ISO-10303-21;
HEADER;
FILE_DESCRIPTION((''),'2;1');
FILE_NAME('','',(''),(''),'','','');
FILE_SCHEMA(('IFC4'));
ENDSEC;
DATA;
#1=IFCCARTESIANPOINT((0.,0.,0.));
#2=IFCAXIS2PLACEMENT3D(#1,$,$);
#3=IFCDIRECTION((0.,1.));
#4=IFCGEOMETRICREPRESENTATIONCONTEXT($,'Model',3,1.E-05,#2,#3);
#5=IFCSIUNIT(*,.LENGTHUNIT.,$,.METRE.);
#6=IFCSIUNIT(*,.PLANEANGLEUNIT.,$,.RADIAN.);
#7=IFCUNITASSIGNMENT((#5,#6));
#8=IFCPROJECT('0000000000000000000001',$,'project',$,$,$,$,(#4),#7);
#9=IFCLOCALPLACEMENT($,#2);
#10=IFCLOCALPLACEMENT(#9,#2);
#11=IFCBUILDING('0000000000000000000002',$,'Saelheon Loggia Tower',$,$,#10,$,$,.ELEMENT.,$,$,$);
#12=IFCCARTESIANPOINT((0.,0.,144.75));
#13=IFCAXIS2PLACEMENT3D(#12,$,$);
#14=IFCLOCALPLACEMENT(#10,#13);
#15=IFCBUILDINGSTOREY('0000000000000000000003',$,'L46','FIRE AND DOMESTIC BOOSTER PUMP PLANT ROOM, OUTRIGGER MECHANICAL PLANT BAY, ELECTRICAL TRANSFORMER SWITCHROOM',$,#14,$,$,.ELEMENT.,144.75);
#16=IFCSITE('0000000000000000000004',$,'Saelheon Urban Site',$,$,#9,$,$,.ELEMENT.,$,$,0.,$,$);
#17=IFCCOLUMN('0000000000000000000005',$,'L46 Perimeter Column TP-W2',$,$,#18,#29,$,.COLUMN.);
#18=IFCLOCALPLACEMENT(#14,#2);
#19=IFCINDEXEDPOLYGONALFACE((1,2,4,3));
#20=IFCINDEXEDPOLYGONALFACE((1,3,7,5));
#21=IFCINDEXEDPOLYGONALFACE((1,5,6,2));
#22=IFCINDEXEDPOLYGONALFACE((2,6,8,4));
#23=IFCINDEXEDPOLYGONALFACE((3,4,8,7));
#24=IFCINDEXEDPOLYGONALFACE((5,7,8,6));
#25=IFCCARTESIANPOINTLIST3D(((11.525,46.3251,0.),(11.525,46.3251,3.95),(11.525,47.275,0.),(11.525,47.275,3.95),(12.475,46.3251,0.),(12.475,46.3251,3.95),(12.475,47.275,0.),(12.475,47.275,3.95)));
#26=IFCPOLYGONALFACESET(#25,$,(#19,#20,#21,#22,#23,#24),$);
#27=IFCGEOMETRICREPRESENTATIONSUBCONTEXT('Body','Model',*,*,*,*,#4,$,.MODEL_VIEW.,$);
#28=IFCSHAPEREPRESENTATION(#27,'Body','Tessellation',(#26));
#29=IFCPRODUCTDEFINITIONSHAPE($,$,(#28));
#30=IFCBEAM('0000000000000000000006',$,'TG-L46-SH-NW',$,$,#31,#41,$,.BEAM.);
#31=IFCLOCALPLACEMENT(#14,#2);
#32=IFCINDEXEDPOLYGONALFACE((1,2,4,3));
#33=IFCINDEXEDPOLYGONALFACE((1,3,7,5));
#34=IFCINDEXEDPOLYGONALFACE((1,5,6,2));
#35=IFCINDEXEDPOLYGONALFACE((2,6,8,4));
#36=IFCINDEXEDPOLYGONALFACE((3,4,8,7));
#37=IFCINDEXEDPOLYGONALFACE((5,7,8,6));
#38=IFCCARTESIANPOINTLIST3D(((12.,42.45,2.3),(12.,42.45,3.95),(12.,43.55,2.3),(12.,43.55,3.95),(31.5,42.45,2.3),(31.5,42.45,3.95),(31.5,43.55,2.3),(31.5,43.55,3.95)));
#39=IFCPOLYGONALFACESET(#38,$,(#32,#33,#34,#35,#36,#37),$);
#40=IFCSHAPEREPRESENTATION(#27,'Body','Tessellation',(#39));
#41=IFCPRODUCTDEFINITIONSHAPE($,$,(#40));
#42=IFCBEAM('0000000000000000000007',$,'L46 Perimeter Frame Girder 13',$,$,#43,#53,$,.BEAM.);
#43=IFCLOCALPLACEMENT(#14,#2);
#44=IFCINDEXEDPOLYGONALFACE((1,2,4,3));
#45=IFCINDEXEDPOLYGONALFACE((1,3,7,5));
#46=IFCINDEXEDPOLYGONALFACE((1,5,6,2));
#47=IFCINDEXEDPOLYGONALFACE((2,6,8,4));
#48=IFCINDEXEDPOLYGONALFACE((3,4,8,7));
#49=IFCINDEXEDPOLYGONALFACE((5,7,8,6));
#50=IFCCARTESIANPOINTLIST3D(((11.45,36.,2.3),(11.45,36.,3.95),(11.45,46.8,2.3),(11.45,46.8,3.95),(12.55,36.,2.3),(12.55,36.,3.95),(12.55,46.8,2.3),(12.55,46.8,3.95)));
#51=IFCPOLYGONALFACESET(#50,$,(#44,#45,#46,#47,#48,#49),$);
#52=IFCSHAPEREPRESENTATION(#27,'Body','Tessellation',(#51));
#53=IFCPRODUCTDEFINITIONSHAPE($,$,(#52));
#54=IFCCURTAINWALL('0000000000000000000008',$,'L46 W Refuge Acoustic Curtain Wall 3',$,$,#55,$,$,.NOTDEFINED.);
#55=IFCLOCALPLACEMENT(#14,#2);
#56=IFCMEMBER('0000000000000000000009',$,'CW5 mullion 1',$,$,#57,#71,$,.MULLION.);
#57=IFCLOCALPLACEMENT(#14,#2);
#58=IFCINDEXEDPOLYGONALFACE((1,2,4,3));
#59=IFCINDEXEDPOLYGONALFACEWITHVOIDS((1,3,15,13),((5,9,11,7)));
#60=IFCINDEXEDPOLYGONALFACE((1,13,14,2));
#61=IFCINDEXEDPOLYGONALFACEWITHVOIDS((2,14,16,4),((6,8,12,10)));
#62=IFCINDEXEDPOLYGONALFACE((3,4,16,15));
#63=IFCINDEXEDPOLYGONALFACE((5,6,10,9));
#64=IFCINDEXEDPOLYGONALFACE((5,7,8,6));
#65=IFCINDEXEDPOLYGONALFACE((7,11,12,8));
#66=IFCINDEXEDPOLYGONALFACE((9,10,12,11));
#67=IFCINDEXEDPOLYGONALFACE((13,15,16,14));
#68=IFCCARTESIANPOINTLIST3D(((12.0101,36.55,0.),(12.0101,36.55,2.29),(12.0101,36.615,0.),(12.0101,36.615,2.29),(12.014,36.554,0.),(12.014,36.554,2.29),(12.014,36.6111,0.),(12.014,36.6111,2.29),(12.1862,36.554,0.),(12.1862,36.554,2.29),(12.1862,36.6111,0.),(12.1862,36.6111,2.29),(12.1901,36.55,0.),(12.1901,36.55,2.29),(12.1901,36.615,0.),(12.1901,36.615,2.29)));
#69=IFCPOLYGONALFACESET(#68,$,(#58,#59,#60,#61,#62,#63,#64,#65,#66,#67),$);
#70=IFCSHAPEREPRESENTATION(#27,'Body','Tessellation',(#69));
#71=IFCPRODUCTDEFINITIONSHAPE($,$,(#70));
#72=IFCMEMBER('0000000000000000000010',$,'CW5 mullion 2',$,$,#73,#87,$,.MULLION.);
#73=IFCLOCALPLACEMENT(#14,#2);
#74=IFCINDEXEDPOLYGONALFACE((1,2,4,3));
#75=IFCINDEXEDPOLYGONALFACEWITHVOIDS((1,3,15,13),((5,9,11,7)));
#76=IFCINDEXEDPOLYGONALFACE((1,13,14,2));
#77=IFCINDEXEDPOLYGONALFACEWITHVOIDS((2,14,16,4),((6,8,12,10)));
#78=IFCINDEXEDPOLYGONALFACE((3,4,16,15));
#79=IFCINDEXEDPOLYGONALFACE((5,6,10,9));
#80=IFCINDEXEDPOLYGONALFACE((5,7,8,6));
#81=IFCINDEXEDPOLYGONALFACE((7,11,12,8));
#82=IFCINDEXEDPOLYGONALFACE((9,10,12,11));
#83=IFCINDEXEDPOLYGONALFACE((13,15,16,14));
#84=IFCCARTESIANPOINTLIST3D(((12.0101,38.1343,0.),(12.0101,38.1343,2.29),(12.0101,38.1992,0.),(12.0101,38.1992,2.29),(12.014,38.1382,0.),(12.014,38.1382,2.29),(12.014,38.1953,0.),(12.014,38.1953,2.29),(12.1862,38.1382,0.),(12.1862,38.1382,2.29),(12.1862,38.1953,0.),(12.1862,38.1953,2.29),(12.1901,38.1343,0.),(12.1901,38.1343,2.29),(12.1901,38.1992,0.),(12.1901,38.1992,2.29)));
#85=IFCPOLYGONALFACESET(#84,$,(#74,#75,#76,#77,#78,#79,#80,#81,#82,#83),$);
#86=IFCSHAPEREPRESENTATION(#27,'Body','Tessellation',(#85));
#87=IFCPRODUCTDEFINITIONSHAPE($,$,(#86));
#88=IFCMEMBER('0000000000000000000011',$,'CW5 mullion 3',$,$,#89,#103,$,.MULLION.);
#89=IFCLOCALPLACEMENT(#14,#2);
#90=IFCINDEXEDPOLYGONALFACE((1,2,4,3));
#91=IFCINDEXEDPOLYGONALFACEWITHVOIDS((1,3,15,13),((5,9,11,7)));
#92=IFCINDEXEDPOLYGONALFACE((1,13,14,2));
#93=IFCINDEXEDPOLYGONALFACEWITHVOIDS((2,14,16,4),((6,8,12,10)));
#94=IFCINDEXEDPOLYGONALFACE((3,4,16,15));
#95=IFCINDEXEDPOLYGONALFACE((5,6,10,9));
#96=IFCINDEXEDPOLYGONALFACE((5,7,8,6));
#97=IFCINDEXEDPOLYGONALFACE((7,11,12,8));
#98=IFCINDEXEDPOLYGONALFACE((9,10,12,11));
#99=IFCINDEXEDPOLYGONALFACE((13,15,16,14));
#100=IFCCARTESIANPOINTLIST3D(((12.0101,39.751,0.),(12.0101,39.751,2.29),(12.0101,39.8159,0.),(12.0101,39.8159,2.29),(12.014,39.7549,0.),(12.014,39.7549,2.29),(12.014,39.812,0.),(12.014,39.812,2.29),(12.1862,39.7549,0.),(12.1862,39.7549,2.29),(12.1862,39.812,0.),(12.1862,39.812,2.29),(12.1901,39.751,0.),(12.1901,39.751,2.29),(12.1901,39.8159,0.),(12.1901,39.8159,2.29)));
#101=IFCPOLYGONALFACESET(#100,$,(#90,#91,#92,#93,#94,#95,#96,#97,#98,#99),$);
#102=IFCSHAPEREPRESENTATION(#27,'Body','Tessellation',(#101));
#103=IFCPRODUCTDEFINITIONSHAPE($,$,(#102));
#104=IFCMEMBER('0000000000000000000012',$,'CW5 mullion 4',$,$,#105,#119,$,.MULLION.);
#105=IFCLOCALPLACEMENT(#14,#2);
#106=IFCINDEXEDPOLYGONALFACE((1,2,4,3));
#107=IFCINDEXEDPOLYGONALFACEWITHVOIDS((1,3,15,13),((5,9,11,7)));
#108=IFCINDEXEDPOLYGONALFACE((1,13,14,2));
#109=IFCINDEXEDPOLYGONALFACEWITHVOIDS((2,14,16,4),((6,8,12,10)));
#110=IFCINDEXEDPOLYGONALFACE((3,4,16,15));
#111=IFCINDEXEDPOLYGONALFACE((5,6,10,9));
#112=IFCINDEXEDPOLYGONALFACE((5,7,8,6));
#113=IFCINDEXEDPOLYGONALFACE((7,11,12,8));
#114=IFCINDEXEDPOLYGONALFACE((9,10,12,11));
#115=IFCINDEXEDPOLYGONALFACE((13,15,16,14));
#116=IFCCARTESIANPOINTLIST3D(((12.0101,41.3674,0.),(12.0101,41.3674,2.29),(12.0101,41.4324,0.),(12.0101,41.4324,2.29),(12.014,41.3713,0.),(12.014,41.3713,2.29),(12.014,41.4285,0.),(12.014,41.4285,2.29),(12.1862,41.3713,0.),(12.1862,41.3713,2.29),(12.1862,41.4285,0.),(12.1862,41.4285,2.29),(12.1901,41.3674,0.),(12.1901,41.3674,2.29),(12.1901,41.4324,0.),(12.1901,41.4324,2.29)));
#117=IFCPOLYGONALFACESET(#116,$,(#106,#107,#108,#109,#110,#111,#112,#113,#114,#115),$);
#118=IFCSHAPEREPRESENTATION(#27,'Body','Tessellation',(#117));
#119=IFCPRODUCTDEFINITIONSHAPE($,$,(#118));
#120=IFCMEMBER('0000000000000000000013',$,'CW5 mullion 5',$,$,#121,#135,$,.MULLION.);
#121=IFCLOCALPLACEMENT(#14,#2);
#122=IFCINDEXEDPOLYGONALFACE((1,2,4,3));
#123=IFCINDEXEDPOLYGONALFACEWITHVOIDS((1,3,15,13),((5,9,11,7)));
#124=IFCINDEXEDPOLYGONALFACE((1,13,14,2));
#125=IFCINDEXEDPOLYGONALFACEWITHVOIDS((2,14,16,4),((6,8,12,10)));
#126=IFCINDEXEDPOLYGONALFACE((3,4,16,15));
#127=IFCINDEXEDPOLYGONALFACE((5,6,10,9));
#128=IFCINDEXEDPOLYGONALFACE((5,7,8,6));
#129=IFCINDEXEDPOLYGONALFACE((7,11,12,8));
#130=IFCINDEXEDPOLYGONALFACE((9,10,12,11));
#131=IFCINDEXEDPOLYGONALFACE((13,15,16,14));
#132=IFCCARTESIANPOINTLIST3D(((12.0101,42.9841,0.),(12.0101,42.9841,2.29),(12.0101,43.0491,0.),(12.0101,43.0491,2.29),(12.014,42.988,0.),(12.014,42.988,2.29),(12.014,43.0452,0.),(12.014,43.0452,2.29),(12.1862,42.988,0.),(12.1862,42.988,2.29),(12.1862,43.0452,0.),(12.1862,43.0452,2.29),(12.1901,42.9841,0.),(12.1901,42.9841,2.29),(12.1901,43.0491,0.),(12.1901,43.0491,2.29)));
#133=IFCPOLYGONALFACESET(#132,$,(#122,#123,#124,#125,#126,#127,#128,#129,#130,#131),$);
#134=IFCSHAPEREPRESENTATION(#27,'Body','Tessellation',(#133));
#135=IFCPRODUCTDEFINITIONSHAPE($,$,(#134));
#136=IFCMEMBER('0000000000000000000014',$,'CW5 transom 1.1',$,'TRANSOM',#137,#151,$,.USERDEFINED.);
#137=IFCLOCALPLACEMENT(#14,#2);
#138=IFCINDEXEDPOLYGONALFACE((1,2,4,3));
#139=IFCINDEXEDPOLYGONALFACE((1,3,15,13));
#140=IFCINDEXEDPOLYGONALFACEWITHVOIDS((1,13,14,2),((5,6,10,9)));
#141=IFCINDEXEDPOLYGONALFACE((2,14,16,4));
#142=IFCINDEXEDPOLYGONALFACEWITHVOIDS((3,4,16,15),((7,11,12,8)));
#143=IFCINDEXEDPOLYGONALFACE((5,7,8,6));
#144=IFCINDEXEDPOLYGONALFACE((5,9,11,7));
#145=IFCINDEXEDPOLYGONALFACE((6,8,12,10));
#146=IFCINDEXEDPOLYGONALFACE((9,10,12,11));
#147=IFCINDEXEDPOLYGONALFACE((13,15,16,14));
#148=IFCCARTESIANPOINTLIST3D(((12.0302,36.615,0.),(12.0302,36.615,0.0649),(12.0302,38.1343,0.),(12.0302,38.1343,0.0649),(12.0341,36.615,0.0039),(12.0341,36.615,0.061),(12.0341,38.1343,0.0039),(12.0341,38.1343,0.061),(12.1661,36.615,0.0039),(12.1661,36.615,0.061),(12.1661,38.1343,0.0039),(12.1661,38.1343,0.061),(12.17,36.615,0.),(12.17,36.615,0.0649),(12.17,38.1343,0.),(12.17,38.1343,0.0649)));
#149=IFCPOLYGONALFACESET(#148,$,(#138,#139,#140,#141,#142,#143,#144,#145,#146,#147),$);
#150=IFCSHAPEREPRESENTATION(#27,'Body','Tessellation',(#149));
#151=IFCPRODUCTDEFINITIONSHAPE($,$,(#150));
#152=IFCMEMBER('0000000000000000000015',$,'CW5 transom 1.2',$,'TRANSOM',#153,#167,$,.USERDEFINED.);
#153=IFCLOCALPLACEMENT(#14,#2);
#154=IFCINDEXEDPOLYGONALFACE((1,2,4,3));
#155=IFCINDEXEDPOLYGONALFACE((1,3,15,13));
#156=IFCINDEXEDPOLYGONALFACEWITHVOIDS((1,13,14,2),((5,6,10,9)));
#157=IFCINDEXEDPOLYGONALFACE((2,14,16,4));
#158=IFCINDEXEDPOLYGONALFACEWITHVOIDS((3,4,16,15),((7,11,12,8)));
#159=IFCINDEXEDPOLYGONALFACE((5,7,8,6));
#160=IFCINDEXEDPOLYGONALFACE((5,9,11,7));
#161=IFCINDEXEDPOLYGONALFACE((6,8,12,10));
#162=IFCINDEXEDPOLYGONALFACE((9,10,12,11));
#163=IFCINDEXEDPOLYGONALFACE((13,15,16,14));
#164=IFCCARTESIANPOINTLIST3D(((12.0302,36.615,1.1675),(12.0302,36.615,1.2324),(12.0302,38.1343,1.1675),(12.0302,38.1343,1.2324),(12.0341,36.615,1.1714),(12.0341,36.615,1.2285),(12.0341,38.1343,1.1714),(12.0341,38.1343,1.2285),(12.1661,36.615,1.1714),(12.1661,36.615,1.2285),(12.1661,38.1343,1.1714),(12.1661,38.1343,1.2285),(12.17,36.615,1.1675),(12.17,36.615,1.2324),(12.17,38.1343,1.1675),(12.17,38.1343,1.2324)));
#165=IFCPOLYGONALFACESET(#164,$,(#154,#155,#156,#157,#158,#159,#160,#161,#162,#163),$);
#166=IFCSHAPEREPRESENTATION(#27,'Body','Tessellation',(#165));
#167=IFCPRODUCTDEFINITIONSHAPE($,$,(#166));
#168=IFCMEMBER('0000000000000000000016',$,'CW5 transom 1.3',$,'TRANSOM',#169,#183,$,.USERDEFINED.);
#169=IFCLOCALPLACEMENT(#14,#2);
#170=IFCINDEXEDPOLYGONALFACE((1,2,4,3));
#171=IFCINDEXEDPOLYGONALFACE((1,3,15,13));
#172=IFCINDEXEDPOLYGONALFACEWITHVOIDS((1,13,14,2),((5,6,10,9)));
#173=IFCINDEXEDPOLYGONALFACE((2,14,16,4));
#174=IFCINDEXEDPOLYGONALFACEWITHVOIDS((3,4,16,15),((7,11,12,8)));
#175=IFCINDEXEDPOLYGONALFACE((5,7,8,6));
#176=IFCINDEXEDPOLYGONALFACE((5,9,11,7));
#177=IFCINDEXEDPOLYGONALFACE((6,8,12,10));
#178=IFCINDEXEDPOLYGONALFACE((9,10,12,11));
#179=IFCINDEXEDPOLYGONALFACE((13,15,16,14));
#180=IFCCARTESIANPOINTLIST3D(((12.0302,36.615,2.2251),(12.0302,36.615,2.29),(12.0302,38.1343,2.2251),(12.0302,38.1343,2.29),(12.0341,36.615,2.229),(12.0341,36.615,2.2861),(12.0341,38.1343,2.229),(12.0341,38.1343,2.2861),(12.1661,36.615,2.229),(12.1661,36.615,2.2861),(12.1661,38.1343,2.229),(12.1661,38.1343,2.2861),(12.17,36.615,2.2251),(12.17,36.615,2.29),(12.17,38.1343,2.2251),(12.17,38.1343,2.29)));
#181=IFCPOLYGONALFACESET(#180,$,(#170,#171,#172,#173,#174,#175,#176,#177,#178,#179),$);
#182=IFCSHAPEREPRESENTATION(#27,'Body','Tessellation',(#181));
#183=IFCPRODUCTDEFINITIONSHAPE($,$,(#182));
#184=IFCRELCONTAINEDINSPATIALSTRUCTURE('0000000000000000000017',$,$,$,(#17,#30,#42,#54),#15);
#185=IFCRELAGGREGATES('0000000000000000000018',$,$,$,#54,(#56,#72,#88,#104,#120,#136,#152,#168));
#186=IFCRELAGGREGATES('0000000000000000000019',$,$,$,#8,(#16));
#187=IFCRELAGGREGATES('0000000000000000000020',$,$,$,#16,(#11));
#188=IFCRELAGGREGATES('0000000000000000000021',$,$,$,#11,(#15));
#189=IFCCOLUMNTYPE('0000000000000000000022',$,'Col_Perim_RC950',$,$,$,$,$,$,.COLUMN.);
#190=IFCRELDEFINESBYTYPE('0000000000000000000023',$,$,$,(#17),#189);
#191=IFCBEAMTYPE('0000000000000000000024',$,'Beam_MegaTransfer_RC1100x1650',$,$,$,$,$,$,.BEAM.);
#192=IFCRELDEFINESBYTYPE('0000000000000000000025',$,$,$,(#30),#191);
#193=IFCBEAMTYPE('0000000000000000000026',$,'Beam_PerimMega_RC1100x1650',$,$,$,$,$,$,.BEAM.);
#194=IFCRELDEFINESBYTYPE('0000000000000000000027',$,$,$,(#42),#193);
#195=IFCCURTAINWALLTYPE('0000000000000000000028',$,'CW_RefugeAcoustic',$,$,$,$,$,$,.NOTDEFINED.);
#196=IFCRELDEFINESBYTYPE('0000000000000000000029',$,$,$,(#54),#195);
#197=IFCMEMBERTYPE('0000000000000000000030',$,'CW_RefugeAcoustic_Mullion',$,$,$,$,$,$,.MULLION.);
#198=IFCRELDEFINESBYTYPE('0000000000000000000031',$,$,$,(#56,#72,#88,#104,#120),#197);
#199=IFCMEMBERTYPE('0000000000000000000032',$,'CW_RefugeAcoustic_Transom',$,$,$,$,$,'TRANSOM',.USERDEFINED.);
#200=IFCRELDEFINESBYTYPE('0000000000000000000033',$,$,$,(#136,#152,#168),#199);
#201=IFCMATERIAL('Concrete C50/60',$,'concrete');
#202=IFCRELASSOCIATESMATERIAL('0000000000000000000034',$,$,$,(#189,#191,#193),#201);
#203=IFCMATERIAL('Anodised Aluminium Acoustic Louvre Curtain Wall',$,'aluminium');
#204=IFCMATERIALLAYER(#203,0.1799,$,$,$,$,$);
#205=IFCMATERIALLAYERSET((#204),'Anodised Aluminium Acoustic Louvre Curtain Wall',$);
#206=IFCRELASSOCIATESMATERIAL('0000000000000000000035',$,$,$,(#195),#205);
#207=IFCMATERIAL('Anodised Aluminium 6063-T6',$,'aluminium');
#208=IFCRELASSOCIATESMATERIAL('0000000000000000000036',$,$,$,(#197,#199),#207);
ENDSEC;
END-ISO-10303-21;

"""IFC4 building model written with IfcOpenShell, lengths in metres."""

from ifc_helpers import new_model, si_unit, direction, frame, origin, origin_2d, place, context, subcontext, project, spatial, rectangle, hollow_rectangle, extrude, source, transform, mapped, material, layer, layer_set, material_profile, profile_set, type_object, element, aggregate, save


model = new_model("IFC4")

# Units and contexts
model_context = context("Model", 3, precision=1e-05, world=origin(), true_north=direction((0.0, 1.0)))
body_context = subcontext(model_context, "Body", "Model", "MODEL_VIEW")
ifc_project = project(units=[si_unit("LENGTHUNIT", "METRE"), si_unit("PLANEANGLEUNIT", "RADIAN")], contexts=[model_context])

# Site, building, storey
site_placement = place(None, origin())
site = spatial("IfcSite", under=ifc_project, at=site_placement, Name="Saelheon Urban Site", CompositionType="ELEMENT", RefElevation=0.0)
building_placement = place(site_placement, origin())
building = spatial("IfcBuilding", under=site, at=building_placement, Name="Saelheon Loggia Tower", CompositionType="ELEMENT")
storey_placement = place(building_placement, frame((0.0, 0.0, 144.75)))
storey = spatial("IfcBuildingStorey", under=building, at=storey_placement, Name="L46", Description="FIRE AND DOMESTIC BOOSTER PUMP PLANT ROOM, OUTRIGGER MECHANICAL PLANT BAY, ELECTRICAL TRANSFORMER SWITCHROOM", CompositionType="ELEMENT", Elevation=144.75)

# Column
ifc_material_1 = material(Name="Concrete C50/60", Category="concrete")
ifc_material_profile_1 = material_profile(ifc_material_1, rectangle(XDim=0.95, YDim=0.95, at=origin_2d()), Name="RC-950x950")
ifc_profile_set_1 = profile_set([ifc_material_profile_1], Name="Concrete C50/60")
column_type = type_object("IfcColumnType", Name="Col_Perim_RC950", PredefinedType="COLUMN", material=ifc_profile_set_1)
shared_shape_1 = source(origin(), body_context, "Body", "SweptSolid", [
    extrude(rectangle(XDim=0.95, YDim=0.95, at=origin_2d()), origin(), (0.0, 0.0, 1.0), 3.95),
])
column_placement = place(storey_placement, frame((12.0, 46.8, 0.0), z_axis=(0.0, 0.0, 1.0), x_axis=(1.0, 0.0, 0.0)))
element("IfcColumn", 1, at=column_placement, inside=storey, type_object=column_type, Name="L46 Perimeter Column TP-W2", PredefinedType="COLUMN", context=body_context, shape_type="MappedRepresentation", body=[
    mapped(shared_shape_1, transform((0.0, 0.0, 0.0), scale=1.0)),
])

# Beams
ifc_material_profile_2 = material_profile(ifc_material_1, rectangle(XDim=1.1001, YDim=1.6499, at=origin_2d()), Name="RC-1100x1650")
ifc_profile_set_2 = profile_set([ifc_material_profile_2], Name="Concrete C50/60")
beam_type_1 = type_object("IfcBeamType", Name="Beam_MegaTransfer_RC1100x1650", PredefinedType="BEAM", material=ifc_profile_set_2)
shared_shape_2 = source(origin(), body_context, "Body", "SweptSolid", [
    extrude(rectangle(XDim=1.1001, YDim=1.6499, at=origin_2d()), origin(), (0.0, 0.0, 1.0), 19.5),
])
beam_1_placement = place(storey_placement, frame((12.0, 43.0, 3.125), z_axis=(1.0, 0.0, 0.0), x_axis=(0.0, 1.0, 0.0)))
element("IfcBeam", 2, at=beam_1_placement, inside=storey, type_object=beam_type_1, Name="TG-L46-SH-NW", PredefinedType="BEAM", context=body_context, shape_type="MappedRepresentation", body=[
    mapped(shared_shape_2, transform((0.0, 0.0, 0.0), scale=1.0)),
])
ifc_material_profile_3 = material_profile(ifc_material_1, rectangle(XDim=1.1001, YDim=1.6499, at=origin_2d()), Name="RC-1100x1650")
ifc_profile_set_3 = profile_set([ifc_material_profile_3], Name="Concrete C50/60")
beam_type_2 = type_object("IfcBeamType", Name="Beam_PerimMega_RC1100x1650", PredefinedType="BEAM", material=ifc_profile_set_3)
shared_shape_3 = source(origin(), body_context, "Body", "SweptSolid", [
    extrude(rectangle(XDim=1.1001, YDim=1.6499, at=origin_2d()), origin(), (0.0, 0.0, 1.0), 10.8),
])
beam_2_placement = place(storey_placement, frame((12.0, 46.8, 3.125), z_axis=(0.0, -1.0, 0.0), x_axis=(1.0, 0.0, 0.0)))
element("IfcBeam", 3, at=beam_2_placement, inside=storey, type_object=beam_type_2, Name="L46 Perimeter Frame Girder 13", PredefinedType="BEAM", context=body_context, shape_type="MappedRepresentation", body=[
    mapped(shared_shape_3, transform((0.0, 0.0, 0.0), scale=1.0)),
])

# Curtain wall, members
ifc_material_2 = material(Name="Anodised Aluminium Acoustic Louvre Curtain Wall", Category="aluminium")
ifc_layer_1 = layer(ifc_material_2, 0.1799)
ifc_layer_set_1 = layer_set([ifc_layer_1], Name="Anodised Aluminium Acoustic Louvre Curtain Wall")
curtain_wall_type = type_object("IfcCurtainWallType", Name="CW_RefugeAcoustic", PredefinedType="NOTDEFINED", material=ifc_layer_set_1)
curtain_wall_placement = place(storey_placement, origin())
curtain_wall = element("IfcCurtainWall", 4, at=curtain_wall_placement, inside=storey, type_object=curtain_wall_type, Name="L46 W Refuge Acoustic Curtain Wall 3", PredefinedType="NOTDEFINED")
ifc_material_3 = material(Name="Anodised Aluminium 6063-T6", Category="aluminium")
ifc_material_profile_4 = material_profile(ifc_material_3, hollow_rectangle(XDim=0.0649, YDim=0.1799, WallThickness=0.0039, at=origin_2d()), Name="RHS-180x65x4")
ifc_profile_set_4 = profile_set([ifc_material_profile_4], Name="Anodised Aluminium 6063-T6")
member_type_1 = type_object("IfcMemberType", Name="CW_RefugeAcoustic_Mullion", PredefinedType="MULLION", material=ifc_profile_set_4)
shared_shape_4 = source(origin(), body_context, "Body", "SweptSolid", [
    extrude(hollow_rectangle(XDim=0.0649, YDim=0.1799, WallThickness=0.0039, at=origin_2d()), origin(), (0.0, 0.0, 1.0), 2.29),
])
member_1_placement = place(storey_placement, frame((12.1001, 36.5825, 0.0), z_axis=(0.0, 0.0, 1.0), x_axis=(0.0, 1.0, 0.0)))
member_1 = element("IfcMember", 5, at=member_1_placement, type_object=member_type_1, Name="CW5 mullion 1", PredefinedType="MULLION", context=body_context, shape_type="MappedRepresentation", body=[
    mapped(shared_shape_4, transform((0.0, 0.0, 0.0), scale=1.0)),
])
member_2_placement = place(storey_placement, frame((12.1001, 38.1667, 0.0), z_axis=(0.0, 0.0, 1.0), x_axis=(0.0, 1.0, 0.0)))
member_2 = element("IfcMember", 6, at=member_2_placement, type_object=member_type_1, Name="CW5 mullion 2", PredefinedType="MULLION", context=body_context, shape_type="MappedRepresentation", body=[
    mapped(shared_shape_4, transform((0.0, 0.0, 0.0), scale=1.0)),
])
member_3_placement = place(storey_placement, frame((12.1001, 39.7834, 0.0), z_axis=(0.0, 0.0, 1.0), x_axis=(0.0, 1.0, 0.0)))
member_3 = element("IfcMember", 7, at=member_3_placement, type_object=member_type_1, Name="CW5 mullion 3", PredefinedType="MULLION", context=body_context, shape_type="MappedRepresentation", body=[
    mapped(shared_shape_4, transform((0.0, 0.0, 0.0), scale=1.0)),
])
member_4_placement = place(storey_placement, frame((12.1001, 41.3999, 0.0), z_axis=(0.0, 0.0, 1.0), x_axis=(0.0, 1.0, 0.0)))
member_4 = element("IfcMember", 8, at=member_4_placement, type_object=member_type_1, Name="CW5 mullion 4", PredefinedType="MULLION", context=body_context, shape_type="MappedRepresentation", body=[
    mapped(shared_shape_4, transform((0.0, 0.0, 0.0), scale=1.0)),
])
member_5_placement = place(storey_placement, frame((12.1001, 43.0166, 0.0), z_axis=(0.0, 0.0, 1.0), x_axis=(0.0, 1.0, 0.0)))
member_5 = element("IfcMember", 9, at=member_5_placement, type_object=member_type_1, Name="CW5 mullion 5", PredefinedType="MULLION", context=body_context, shape_type="MappedRepresentation", body=[
    mapped(shared_shape_4, transform((0.0, 0.0, 0.0), scale=1.0)),
])
ifc_material_profile_5 = material_profile(ifc_material_3, hollow_rectangle(XDim=0.0649, YDim=0.1399, WallThickness=0.0039, at=origin_2d()), Name="RHS-140x65x4")
ifc_profile_set_5 = profile_set([ifc_material_profile_5], Name="Anodised Aluminium 6063-T6")
member_type_2 = type_object("IfcMemberType", Name="CW_RefugeAcoustic_Transom", ElementType="TRANSOM", PredefinedType="USERDEFINED", material=ifc_profile_set_5)
shared_shape_5 = source(origin(), body_context, "Body", "SweptSolid", [
    extrude(hollow_rectangle(XDim=0.0649, YDim=0.1399, WallThickness=0.0039, at=origin_2d()), origin(), (0.0, 0.0, 1.0), 1.5193),
])
member_6_placement = place(storey_placement, frame((12.1001, 36.615, 0.0325), z_axis=(0.0, 1.0, 0.0), x_axis=(0.0, 0.0, 1.0)))
member_6 = element("IfcMember", 10, at=member_6_placement, type_object=member_type_2, Name="CW5 transom 1.1", ObjectType="TRANSOM", PredefinedType="USERDEFINED", context=body_context, shape_type="MappedRepresentation", body=[
    mapped(shared_shape_5, transform((0.0, 0.0, 0.0), scale=1.0)),
])
member_7_placement = place(storey_placement, frame((12.1001, 36.615, 1.2), z_axis=(0.0, 1.0, 0.0), x_axis=(0.0, 0.0, 1.0)))
member_7 = element("IfcMember", 11, at=member_7_placement, type_object=member_type_2, Name="CW5 transom 1.2", ObjectType="TRANSOM", PredefinedType="USERDEFINED", context=body_context, shape_type="MappedRepresentation", body=[
    mapped(shared_shape_5, transform((0.0, 0.0, 0.0), scale=1.0)),
])
member_8_placement = place(storey_placement, frame((12.1001, 36.615, 2.2576), z_axis=(0.0, 1.0, 0.0), x_axis=(0.0, 0.0, 1.0)))
member_8 = element("IfcMember", 12, at=member_8_placement, type_object=member_type_2, Name="CW5 transom 1.3", ObjectType="TRANSOM", PredefinedType="USERDEFINED", context=body_context, shape_type="MappedRepresentation", body=[
    mapped(shared_shape_5, transform((0.0, 0.0, 0.0), scale=1.0)),
])
aggregate(curtain_wall, [member_1, member_2, member_3, member_4, member_5, member_6, member_7, member_8])

save(model, "model.ifc")
